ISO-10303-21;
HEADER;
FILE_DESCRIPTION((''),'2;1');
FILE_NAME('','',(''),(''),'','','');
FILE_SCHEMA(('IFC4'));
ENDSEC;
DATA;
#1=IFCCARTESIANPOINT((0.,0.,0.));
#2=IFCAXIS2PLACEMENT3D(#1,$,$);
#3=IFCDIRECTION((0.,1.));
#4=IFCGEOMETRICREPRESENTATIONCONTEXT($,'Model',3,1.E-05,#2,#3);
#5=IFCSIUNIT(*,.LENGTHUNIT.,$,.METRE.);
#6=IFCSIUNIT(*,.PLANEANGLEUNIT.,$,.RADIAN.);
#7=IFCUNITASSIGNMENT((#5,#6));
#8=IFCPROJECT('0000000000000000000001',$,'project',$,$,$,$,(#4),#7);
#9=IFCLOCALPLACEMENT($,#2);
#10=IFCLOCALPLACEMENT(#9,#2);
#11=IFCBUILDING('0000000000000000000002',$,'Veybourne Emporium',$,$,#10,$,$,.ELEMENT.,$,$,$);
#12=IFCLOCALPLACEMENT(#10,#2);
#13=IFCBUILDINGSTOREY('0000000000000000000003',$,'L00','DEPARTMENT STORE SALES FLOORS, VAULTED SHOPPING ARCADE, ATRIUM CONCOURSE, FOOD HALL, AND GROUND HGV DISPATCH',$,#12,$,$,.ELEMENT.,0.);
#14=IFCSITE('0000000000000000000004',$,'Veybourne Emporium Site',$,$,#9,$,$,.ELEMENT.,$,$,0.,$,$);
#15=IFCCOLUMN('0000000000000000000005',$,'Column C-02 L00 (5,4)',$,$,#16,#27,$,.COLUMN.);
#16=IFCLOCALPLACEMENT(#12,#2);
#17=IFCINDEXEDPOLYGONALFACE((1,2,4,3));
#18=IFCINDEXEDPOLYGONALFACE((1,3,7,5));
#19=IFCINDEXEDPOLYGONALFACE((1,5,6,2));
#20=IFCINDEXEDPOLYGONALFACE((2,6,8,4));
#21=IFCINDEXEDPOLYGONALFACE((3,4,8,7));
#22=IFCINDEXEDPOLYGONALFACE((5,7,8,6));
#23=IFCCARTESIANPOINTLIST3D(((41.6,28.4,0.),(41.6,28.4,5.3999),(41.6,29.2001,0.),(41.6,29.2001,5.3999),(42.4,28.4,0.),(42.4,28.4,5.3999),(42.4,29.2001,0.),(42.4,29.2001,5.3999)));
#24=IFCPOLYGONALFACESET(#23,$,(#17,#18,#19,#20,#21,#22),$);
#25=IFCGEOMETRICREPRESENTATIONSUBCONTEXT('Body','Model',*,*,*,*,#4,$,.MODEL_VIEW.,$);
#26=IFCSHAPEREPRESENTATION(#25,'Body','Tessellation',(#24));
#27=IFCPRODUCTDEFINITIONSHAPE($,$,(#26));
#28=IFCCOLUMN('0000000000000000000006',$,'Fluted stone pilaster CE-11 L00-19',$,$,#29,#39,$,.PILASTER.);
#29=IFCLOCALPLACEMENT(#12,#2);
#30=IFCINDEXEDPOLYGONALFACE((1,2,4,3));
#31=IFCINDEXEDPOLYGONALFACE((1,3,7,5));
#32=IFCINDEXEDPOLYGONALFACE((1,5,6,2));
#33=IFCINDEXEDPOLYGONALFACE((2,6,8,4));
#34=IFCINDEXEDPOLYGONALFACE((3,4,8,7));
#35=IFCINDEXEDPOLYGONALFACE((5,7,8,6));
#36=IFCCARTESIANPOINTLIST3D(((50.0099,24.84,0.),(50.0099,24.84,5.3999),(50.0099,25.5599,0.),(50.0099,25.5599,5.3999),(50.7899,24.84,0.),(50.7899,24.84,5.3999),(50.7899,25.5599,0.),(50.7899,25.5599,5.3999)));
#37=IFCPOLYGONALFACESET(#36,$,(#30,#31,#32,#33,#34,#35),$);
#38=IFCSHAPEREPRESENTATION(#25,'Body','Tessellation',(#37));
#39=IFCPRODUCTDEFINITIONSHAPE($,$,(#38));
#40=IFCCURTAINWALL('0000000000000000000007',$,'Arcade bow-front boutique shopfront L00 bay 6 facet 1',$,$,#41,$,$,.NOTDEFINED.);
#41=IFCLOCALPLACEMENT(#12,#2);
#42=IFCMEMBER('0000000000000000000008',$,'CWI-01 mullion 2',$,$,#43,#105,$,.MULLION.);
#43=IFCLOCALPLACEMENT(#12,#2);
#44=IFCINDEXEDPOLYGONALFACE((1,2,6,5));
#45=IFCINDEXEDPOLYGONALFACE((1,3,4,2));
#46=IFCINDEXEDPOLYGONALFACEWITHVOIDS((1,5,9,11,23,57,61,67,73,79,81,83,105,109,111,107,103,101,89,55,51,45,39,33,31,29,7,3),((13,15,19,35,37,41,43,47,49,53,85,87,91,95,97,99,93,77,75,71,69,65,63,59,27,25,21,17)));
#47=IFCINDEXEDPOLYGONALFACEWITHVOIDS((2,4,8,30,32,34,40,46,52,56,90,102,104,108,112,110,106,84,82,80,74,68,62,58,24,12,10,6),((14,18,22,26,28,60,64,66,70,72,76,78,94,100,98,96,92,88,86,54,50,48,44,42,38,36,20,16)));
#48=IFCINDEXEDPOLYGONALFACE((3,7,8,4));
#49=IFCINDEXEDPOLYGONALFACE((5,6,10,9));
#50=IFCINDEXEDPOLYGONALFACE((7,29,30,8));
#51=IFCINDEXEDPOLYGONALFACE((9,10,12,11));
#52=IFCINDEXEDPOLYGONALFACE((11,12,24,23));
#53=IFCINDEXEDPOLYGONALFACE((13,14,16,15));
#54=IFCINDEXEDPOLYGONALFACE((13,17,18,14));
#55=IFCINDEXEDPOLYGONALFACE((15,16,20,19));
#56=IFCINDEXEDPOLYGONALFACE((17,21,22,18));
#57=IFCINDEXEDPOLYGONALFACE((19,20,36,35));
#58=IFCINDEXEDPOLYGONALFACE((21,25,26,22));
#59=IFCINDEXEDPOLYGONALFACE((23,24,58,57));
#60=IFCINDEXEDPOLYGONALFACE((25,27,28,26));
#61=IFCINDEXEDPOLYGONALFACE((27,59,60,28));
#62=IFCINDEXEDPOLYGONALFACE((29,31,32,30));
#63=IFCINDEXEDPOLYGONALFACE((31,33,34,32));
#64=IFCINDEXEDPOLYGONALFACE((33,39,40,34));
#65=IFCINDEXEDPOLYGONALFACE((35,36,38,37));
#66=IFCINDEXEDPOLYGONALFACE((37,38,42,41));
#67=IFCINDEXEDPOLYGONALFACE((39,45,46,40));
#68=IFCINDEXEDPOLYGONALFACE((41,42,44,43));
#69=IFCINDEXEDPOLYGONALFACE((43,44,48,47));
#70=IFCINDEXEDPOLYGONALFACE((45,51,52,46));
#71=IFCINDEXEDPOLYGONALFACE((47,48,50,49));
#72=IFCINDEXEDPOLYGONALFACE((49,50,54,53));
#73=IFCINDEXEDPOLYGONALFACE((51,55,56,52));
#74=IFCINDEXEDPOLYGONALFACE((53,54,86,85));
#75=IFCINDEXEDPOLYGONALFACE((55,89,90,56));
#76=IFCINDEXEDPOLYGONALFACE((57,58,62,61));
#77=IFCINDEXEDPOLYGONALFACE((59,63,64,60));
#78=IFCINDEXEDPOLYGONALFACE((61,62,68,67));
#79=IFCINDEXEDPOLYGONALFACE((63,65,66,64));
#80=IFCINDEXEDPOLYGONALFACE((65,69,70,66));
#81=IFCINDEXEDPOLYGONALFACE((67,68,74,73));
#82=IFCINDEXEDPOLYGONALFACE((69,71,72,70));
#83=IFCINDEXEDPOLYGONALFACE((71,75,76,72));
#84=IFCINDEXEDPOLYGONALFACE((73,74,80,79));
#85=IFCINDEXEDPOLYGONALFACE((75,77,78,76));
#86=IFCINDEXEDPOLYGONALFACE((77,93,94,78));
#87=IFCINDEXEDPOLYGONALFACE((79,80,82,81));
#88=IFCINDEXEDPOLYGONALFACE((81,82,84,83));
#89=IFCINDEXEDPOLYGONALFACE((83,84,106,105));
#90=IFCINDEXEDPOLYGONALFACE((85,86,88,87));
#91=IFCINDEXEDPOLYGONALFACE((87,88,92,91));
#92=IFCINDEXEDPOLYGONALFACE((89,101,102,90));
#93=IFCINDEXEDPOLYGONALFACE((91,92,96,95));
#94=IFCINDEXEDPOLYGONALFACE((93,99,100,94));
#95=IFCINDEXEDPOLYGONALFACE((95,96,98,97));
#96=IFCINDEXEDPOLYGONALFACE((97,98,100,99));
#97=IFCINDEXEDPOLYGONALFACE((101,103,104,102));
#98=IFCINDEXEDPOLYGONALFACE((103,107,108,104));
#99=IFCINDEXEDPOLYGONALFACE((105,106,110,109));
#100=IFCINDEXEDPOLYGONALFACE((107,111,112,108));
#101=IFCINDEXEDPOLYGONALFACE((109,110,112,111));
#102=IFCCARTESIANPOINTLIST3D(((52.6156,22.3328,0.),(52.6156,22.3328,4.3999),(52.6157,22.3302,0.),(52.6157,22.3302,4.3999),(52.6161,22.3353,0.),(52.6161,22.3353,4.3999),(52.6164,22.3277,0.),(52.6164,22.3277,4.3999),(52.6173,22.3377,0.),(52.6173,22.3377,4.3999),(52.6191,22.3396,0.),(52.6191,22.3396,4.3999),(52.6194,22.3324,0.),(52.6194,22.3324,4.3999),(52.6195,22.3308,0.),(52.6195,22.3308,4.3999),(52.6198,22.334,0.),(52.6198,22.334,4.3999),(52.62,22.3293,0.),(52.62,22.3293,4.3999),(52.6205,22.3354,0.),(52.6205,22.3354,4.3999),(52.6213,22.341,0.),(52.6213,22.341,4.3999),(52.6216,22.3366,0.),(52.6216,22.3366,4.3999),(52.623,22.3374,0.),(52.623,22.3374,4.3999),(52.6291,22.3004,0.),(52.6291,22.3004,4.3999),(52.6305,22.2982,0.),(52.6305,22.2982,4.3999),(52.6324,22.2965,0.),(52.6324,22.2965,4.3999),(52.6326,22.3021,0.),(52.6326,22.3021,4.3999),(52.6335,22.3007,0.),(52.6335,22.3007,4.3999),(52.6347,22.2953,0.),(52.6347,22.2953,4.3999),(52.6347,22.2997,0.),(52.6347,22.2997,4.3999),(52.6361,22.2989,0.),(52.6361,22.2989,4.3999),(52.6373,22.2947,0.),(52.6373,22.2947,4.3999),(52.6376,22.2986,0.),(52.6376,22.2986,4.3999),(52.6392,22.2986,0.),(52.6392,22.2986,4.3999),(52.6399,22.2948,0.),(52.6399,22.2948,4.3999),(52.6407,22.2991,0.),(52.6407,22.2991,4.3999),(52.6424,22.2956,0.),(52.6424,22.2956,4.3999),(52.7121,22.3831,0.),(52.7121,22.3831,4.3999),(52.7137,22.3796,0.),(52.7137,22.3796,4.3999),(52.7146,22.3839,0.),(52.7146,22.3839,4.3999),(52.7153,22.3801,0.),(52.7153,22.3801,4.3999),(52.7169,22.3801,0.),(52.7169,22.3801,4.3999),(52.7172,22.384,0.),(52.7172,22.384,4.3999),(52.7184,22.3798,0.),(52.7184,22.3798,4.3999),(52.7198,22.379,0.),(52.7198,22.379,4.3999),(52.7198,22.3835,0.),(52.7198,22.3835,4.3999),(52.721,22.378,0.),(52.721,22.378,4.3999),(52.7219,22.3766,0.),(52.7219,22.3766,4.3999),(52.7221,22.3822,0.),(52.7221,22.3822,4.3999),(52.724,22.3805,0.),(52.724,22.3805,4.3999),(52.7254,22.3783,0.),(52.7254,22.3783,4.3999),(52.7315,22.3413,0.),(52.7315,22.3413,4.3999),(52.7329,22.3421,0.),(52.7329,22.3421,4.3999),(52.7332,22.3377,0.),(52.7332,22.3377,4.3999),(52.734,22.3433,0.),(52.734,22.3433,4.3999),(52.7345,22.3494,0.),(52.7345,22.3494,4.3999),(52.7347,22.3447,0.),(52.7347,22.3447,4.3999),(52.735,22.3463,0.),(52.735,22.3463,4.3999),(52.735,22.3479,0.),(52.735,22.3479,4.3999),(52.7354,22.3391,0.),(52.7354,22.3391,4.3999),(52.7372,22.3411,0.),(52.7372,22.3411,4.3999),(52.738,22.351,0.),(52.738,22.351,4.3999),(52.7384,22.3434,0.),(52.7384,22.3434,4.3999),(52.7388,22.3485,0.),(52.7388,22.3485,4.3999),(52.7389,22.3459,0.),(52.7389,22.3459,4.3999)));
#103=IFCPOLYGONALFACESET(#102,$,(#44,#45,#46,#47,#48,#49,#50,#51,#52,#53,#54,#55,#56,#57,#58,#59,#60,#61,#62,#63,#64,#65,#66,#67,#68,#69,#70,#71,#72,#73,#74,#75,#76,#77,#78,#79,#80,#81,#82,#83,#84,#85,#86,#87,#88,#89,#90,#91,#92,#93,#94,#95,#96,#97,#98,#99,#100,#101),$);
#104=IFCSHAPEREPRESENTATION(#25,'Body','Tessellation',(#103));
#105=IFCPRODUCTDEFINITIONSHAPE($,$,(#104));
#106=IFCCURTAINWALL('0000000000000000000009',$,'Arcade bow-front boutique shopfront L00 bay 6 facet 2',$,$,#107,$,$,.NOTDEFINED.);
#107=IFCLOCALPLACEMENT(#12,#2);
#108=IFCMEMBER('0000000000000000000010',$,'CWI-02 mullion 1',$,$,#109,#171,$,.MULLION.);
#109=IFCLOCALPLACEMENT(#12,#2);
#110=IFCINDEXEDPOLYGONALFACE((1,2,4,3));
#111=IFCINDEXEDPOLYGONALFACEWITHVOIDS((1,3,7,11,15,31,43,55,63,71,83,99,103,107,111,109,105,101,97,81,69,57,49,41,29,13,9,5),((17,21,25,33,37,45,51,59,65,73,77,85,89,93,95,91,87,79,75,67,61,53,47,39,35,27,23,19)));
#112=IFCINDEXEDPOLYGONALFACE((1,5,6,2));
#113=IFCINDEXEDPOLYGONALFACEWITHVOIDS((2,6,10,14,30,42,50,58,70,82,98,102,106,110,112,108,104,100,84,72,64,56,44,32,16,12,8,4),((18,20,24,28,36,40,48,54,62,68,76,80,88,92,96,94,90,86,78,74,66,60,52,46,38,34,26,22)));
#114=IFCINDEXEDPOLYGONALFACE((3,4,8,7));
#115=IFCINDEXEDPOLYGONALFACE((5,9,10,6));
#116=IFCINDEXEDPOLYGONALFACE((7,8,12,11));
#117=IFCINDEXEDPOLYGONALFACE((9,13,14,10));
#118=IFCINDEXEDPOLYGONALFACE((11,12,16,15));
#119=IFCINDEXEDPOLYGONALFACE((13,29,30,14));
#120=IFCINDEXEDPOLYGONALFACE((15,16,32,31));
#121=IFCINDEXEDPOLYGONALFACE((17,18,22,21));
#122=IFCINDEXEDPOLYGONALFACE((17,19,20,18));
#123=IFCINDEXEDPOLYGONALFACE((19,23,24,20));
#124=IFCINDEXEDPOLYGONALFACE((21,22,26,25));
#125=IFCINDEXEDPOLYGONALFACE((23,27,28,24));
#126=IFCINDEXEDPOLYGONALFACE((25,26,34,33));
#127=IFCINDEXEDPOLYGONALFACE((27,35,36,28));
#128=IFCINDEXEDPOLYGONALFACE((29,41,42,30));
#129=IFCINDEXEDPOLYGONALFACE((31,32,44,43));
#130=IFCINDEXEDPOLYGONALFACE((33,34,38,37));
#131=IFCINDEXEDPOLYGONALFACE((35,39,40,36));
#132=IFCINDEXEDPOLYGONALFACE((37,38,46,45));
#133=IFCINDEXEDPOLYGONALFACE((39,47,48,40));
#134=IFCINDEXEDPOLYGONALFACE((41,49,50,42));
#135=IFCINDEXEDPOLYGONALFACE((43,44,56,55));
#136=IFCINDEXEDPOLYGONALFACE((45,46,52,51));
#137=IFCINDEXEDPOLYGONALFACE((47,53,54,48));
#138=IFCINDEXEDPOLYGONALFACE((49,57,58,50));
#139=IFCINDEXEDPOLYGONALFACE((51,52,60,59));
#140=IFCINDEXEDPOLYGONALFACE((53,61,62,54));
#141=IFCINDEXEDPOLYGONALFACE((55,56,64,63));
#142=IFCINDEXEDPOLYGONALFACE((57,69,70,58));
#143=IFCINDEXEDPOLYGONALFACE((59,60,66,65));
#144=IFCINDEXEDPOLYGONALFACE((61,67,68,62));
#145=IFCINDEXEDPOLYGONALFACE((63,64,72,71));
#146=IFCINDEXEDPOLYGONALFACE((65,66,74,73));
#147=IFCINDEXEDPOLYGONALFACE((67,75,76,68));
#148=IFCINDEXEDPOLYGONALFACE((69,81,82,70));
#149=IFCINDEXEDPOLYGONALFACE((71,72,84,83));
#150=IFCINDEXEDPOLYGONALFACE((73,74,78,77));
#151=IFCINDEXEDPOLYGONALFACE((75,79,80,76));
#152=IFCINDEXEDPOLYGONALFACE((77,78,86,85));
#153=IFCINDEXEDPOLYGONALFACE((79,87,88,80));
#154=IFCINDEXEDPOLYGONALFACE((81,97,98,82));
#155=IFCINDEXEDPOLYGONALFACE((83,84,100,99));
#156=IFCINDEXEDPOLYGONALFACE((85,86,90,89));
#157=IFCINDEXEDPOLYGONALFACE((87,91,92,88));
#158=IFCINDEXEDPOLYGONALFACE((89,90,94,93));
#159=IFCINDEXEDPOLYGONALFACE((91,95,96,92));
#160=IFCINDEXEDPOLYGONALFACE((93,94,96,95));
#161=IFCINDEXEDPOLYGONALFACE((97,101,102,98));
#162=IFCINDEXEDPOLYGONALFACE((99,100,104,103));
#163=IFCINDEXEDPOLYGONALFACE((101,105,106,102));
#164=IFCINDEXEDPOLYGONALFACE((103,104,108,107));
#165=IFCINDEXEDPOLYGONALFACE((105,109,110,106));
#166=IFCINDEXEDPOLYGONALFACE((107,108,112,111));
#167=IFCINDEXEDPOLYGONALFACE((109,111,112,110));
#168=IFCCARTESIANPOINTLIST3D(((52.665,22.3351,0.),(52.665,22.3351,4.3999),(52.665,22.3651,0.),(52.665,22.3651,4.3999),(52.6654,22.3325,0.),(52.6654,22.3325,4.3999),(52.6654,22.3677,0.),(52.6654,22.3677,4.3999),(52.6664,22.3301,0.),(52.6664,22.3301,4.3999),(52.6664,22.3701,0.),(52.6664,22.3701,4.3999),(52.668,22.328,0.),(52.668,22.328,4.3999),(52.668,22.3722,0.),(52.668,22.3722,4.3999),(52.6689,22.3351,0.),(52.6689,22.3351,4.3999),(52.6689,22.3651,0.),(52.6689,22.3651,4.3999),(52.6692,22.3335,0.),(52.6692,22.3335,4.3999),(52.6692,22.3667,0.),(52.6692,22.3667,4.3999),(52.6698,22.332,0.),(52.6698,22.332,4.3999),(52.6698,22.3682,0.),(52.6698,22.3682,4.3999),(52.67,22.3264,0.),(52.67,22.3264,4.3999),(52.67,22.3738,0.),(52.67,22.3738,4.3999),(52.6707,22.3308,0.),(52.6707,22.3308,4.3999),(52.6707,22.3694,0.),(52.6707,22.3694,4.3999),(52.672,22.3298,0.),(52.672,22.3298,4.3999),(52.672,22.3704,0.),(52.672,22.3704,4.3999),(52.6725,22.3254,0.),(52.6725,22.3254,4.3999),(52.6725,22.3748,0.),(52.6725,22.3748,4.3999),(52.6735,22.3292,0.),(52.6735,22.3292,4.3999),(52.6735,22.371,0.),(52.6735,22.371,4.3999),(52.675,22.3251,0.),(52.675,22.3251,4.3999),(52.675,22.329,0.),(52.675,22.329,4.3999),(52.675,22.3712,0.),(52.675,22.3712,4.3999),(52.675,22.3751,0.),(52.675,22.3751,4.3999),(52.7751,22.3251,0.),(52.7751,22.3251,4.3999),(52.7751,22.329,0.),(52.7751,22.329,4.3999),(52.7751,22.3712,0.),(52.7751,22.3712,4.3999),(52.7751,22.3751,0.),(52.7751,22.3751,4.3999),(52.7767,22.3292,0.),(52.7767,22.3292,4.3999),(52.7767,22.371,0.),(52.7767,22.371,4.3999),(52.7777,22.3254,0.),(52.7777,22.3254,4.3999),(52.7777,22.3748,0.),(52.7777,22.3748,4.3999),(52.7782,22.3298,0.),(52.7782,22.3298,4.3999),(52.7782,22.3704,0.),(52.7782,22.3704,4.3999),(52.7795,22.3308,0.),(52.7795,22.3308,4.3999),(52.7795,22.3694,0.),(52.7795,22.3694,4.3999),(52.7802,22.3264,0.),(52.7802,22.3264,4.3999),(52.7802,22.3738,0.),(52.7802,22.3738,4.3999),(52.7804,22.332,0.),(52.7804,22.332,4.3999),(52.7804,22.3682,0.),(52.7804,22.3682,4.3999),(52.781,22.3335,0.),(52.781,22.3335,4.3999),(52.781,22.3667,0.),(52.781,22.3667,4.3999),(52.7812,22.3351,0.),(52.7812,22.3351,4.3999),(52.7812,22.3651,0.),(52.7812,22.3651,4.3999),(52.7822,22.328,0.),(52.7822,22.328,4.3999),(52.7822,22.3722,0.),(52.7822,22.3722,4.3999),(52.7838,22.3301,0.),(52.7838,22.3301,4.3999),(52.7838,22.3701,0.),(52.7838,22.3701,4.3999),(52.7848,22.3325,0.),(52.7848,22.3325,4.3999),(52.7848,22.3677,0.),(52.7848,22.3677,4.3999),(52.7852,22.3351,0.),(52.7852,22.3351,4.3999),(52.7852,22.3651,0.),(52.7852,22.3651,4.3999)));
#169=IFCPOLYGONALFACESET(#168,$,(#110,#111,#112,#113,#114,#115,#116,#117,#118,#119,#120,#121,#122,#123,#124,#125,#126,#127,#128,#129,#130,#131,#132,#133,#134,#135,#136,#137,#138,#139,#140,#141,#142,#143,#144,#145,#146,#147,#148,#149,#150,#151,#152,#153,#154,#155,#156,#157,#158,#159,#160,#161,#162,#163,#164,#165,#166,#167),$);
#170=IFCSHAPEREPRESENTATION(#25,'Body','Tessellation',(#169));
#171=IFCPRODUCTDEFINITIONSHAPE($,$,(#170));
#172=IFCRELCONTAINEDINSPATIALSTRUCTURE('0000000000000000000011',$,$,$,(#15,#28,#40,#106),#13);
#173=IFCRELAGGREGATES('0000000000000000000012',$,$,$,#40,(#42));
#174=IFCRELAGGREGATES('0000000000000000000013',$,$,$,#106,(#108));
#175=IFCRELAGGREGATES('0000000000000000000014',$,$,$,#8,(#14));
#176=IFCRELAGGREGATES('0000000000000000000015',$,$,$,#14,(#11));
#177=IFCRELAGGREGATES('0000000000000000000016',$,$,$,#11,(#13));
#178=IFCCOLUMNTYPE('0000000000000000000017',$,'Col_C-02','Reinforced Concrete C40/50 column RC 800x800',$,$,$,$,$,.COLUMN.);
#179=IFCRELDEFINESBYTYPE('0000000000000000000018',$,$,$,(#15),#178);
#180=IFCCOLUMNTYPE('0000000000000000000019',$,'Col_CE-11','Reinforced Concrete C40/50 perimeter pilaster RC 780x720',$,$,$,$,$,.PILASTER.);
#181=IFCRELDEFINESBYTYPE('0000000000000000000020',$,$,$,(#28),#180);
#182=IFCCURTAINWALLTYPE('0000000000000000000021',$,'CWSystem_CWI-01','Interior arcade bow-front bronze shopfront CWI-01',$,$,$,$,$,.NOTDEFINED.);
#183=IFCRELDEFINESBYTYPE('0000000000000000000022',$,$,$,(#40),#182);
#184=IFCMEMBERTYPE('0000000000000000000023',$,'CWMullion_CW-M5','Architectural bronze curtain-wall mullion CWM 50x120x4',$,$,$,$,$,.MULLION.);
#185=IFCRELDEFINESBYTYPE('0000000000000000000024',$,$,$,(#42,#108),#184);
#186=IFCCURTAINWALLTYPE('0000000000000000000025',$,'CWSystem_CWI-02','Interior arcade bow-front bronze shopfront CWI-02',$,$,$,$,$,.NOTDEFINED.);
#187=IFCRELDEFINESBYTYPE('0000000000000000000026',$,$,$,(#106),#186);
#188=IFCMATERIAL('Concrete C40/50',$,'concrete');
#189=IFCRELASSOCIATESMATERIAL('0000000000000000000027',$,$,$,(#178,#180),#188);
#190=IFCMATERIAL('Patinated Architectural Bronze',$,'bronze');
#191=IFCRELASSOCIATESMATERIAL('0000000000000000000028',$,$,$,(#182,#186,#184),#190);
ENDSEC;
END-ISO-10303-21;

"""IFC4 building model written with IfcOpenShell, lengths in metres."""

from ifc_helpers import new_model, si_unit, direction, frame, origin, origin_2d, place, context, subcontext, project, spatial, rectangle, hollow_rectangle, extrude, material, material_profile, profile_set, type_object, element, aggregate, save


model = new_model("IFC4")

# Units and contexts
model_context = context("Model", 3, precision=1e-05, world=origin(), true_north=direction((0.0, 1.0)))
body_context = subcontext(model_context, "Body", "Model", "MODEL_VIEW")
ifc_project = project(units=[si_unit("LENGTHUNIT", "METRE"), si_unit("PLANEANGLEUNIT", "RADIAN")], contexts=[model_context])

# Site, building, storey
site_placement = place(None, origin())
site = spatial("IfcSite", under=ifc_project, at=site_placement, Name="Veybourne Emporium Site", CompositionType="ELEMENT", RefElevation=0.0)
building_placement = place(site_placement, origin())
building = spatial("IfcBuilding", under=site, at=building_placement, Name="Veybourne Emporium", CompositionType="ELEMENT")
storey_placement = place(building_placement, origin())
storey = spatial("IfcBuildingStorey", under=building, at=storey_placement, Name="L00", Description="DEPARTMENT STORE SALES FLOORS, VAULTED SHOPPING ARCADE, ATRIUM CONCOURSE, FOOD HALL, AND GROUND HGV DISPATCH", CompositionType="ELEMENT", Elevation=0.0)

# Columns
ifc_material_1 = material(Name="Concrete C40/50", Category="concrete")
ifc_material_profile_1 = material_profile(ifc_material_1, rectangle(XDim=0.8, YDim=0.8, at=origin_2d()), Name="RC 800x800")
ifc_profile_set_1 = profile_set([ifc_material_profile_1], Name="Concrete C40/50")
column_type_1 = type_object("IfcColumnType", Name="Col_C-02", Description="Reinforced Concrete C40/50 column RC 800x800", PredefinedType="COLUMN", material=ifc_profile_set_1)
column_1_placement = place(storey_placement, frame((42.0, 28.8, 0.0), z_axis=(0.0, 0.0, 1.0), x_axis=(1.0, 0.0, 0.0)))
element("IfcColumn", 1, at=column_1_placement, inside=storey, type_object=column_type_1, Name="Column C-02 L00 (5,4)", PredefinedType="COLUMN", context=body_context, shape_type="SweptSolid", body=[
    extrude(rectangle(XDim=0.8, YDim=0.8, at=origin_2d()), origin(), (0.0, 0.0, 1.0), 5.3999),
])
ifc_material_profile_2 = material_profile(ifc_material_1, rectangle(XDim=0.78, YDim=0.72, at=origin_2d()), Name="RC 780x720")
ifc_profile_set_2 = profile_set([ifc_material_profile_2], Name="Concrete C40/50")
column_type_2 = type_object("IfcColumnType", Name="Col_CE-11", Description="Reinforced Concrete C40/50 perimeter pilaster RC 780x720", PredefinedType="PILASTER", material=ifc_profile_set_2)
column_2_placement = place(storey_placement, frame((50.3999, 25.2, 0.0), z_axis=(0.0, 0.0, 1.0), x_axis=(1.0, 0.0, 0.0)))
element("IfcColumn", 2, at=column_2_placement, inside=storey, type_object=column_type_2, Name="Fluted stone pilaster CE-11 L00-19", PredefinedType="PILASTER", context=body_context, shape_type="SweptSolid", body=[
    extrude(rectangle(XDim=0.78, YDim=0.72, at=origin_2d()), origin(), (0.0, 0.0, 1.0), 5.3999),
])

# Curtain wall, member
ifc_material_2 = material(Name="Patinated Architectural Bronze", Category="bronze")
curtain_wall_type_1 = type_object("IfcCurtainWallType", Name="CWSystem_CWI-01", Description="Interior arcade bow-front bronze shopfront CWI-01", PredefinedType="NOTDEFINED", material=ifc_material_2)
curtain_wall_1_placement = place(storey_placement, origin())
curtain_wall_1 = element("IfcCurtainWall", 3, at=curtain_wall_1_placement, inside=storey, type_object=curtain_wall_type_1, Name="Arcade bow-front boutique shopfront L00 bay 6 facet 1", PredefinedType="NOTDEFINED")
ifc_material_profile_3 = material_profile(ifc_material_2, hollow_rectangle(XDim=0.05, YDim=0.1201, WallThickness=0.0039, InnerFilletRadius=0.0061, OuterFilletRadius=0.01, at=origin_2d()), Name="CWM 50x120x4")
ifc_profile_set_3 = profile_set([ifc_material_profile_3], Name="Patinated Architectural Bronze")
member_type_1 = type_object("IfcMemberType", Name="CWMullion_CW-M5", Description="Architectural bronze curtain-wall mullion CWM 50x120x4", PredefinedType="MULLION", material=ifc_profile_set_3)
member_1_placement = place(storey_placement, frame((52.6772, 22.3394, 0.0), z_axis=(0.0, 0.0, 1.0), x_axis=(-0.421111, 0.907009, 0.0)))
member_1 = element("IfcMember", 4, at=member_1_placement, type_object=member_type_1, Name="CWI-01 mullion 2", PredefinedType="MULLION", context=body_context, shape_type="SweptSolid", body=[
    extrude(hollow_rectangle(XDim=0.05, YDim=0.1201, WallThickness=0.0039, InnerFilletRadius=0.0061, OuterFilletRadius=0.01, at=origin_2d()), origin(), (0.0, 0.0, 1.0), 4.3999),
])
aggregate(curtain_wall_1, [member_1])

# Curtain wall, member
curtain_wall_type_2 = type_object("IfcCurtainWallType", Name="CWSystem_CWI-02", Description="Interior arcade bow-front bronze shopfront CWI-02", PredefinedType="NOTDEFINED", material=ifc_material_2)
curtain_wall_2_placement = place(storey_placement, origin())
curtain_wall_2 = element("IfcCurtainWall", 5, at=curtain_wall_2_placement, inside=storey, type_object=curtain_wall_type_2, Name="Arcade bow-front boutique shopfront L00 bay 6 facet 2", PredefinedType="NOTDEFINED")
member_2_placement = place(storey_placement, frame((52.7251, 22.3501, 0.0), z_axis=(0.0, 0.0, 1.0), x_axis=(0.0, 1.0, 0.0)))
member_2 = element("IfcMember", 6, at=member_2_placement, type_object=member_type_1, Name="CWI-02 mullion 1", PredefinedType="MULLION", context=body_context, shape_type="SweptSolid", body=[
    extrude(hollow_rectangle(XDim=0.05, YDim=0.1201, WallThickness=0.0039, InnerFilletRadius=0.0061, OuterFilletRadius=0.01, at=origin_2d()), origin(), (0.0, 0.0, 1.0), 4.3999),
])

aggregate(curtain_wall_2, [member_2])

save(model, "model.ifc")
